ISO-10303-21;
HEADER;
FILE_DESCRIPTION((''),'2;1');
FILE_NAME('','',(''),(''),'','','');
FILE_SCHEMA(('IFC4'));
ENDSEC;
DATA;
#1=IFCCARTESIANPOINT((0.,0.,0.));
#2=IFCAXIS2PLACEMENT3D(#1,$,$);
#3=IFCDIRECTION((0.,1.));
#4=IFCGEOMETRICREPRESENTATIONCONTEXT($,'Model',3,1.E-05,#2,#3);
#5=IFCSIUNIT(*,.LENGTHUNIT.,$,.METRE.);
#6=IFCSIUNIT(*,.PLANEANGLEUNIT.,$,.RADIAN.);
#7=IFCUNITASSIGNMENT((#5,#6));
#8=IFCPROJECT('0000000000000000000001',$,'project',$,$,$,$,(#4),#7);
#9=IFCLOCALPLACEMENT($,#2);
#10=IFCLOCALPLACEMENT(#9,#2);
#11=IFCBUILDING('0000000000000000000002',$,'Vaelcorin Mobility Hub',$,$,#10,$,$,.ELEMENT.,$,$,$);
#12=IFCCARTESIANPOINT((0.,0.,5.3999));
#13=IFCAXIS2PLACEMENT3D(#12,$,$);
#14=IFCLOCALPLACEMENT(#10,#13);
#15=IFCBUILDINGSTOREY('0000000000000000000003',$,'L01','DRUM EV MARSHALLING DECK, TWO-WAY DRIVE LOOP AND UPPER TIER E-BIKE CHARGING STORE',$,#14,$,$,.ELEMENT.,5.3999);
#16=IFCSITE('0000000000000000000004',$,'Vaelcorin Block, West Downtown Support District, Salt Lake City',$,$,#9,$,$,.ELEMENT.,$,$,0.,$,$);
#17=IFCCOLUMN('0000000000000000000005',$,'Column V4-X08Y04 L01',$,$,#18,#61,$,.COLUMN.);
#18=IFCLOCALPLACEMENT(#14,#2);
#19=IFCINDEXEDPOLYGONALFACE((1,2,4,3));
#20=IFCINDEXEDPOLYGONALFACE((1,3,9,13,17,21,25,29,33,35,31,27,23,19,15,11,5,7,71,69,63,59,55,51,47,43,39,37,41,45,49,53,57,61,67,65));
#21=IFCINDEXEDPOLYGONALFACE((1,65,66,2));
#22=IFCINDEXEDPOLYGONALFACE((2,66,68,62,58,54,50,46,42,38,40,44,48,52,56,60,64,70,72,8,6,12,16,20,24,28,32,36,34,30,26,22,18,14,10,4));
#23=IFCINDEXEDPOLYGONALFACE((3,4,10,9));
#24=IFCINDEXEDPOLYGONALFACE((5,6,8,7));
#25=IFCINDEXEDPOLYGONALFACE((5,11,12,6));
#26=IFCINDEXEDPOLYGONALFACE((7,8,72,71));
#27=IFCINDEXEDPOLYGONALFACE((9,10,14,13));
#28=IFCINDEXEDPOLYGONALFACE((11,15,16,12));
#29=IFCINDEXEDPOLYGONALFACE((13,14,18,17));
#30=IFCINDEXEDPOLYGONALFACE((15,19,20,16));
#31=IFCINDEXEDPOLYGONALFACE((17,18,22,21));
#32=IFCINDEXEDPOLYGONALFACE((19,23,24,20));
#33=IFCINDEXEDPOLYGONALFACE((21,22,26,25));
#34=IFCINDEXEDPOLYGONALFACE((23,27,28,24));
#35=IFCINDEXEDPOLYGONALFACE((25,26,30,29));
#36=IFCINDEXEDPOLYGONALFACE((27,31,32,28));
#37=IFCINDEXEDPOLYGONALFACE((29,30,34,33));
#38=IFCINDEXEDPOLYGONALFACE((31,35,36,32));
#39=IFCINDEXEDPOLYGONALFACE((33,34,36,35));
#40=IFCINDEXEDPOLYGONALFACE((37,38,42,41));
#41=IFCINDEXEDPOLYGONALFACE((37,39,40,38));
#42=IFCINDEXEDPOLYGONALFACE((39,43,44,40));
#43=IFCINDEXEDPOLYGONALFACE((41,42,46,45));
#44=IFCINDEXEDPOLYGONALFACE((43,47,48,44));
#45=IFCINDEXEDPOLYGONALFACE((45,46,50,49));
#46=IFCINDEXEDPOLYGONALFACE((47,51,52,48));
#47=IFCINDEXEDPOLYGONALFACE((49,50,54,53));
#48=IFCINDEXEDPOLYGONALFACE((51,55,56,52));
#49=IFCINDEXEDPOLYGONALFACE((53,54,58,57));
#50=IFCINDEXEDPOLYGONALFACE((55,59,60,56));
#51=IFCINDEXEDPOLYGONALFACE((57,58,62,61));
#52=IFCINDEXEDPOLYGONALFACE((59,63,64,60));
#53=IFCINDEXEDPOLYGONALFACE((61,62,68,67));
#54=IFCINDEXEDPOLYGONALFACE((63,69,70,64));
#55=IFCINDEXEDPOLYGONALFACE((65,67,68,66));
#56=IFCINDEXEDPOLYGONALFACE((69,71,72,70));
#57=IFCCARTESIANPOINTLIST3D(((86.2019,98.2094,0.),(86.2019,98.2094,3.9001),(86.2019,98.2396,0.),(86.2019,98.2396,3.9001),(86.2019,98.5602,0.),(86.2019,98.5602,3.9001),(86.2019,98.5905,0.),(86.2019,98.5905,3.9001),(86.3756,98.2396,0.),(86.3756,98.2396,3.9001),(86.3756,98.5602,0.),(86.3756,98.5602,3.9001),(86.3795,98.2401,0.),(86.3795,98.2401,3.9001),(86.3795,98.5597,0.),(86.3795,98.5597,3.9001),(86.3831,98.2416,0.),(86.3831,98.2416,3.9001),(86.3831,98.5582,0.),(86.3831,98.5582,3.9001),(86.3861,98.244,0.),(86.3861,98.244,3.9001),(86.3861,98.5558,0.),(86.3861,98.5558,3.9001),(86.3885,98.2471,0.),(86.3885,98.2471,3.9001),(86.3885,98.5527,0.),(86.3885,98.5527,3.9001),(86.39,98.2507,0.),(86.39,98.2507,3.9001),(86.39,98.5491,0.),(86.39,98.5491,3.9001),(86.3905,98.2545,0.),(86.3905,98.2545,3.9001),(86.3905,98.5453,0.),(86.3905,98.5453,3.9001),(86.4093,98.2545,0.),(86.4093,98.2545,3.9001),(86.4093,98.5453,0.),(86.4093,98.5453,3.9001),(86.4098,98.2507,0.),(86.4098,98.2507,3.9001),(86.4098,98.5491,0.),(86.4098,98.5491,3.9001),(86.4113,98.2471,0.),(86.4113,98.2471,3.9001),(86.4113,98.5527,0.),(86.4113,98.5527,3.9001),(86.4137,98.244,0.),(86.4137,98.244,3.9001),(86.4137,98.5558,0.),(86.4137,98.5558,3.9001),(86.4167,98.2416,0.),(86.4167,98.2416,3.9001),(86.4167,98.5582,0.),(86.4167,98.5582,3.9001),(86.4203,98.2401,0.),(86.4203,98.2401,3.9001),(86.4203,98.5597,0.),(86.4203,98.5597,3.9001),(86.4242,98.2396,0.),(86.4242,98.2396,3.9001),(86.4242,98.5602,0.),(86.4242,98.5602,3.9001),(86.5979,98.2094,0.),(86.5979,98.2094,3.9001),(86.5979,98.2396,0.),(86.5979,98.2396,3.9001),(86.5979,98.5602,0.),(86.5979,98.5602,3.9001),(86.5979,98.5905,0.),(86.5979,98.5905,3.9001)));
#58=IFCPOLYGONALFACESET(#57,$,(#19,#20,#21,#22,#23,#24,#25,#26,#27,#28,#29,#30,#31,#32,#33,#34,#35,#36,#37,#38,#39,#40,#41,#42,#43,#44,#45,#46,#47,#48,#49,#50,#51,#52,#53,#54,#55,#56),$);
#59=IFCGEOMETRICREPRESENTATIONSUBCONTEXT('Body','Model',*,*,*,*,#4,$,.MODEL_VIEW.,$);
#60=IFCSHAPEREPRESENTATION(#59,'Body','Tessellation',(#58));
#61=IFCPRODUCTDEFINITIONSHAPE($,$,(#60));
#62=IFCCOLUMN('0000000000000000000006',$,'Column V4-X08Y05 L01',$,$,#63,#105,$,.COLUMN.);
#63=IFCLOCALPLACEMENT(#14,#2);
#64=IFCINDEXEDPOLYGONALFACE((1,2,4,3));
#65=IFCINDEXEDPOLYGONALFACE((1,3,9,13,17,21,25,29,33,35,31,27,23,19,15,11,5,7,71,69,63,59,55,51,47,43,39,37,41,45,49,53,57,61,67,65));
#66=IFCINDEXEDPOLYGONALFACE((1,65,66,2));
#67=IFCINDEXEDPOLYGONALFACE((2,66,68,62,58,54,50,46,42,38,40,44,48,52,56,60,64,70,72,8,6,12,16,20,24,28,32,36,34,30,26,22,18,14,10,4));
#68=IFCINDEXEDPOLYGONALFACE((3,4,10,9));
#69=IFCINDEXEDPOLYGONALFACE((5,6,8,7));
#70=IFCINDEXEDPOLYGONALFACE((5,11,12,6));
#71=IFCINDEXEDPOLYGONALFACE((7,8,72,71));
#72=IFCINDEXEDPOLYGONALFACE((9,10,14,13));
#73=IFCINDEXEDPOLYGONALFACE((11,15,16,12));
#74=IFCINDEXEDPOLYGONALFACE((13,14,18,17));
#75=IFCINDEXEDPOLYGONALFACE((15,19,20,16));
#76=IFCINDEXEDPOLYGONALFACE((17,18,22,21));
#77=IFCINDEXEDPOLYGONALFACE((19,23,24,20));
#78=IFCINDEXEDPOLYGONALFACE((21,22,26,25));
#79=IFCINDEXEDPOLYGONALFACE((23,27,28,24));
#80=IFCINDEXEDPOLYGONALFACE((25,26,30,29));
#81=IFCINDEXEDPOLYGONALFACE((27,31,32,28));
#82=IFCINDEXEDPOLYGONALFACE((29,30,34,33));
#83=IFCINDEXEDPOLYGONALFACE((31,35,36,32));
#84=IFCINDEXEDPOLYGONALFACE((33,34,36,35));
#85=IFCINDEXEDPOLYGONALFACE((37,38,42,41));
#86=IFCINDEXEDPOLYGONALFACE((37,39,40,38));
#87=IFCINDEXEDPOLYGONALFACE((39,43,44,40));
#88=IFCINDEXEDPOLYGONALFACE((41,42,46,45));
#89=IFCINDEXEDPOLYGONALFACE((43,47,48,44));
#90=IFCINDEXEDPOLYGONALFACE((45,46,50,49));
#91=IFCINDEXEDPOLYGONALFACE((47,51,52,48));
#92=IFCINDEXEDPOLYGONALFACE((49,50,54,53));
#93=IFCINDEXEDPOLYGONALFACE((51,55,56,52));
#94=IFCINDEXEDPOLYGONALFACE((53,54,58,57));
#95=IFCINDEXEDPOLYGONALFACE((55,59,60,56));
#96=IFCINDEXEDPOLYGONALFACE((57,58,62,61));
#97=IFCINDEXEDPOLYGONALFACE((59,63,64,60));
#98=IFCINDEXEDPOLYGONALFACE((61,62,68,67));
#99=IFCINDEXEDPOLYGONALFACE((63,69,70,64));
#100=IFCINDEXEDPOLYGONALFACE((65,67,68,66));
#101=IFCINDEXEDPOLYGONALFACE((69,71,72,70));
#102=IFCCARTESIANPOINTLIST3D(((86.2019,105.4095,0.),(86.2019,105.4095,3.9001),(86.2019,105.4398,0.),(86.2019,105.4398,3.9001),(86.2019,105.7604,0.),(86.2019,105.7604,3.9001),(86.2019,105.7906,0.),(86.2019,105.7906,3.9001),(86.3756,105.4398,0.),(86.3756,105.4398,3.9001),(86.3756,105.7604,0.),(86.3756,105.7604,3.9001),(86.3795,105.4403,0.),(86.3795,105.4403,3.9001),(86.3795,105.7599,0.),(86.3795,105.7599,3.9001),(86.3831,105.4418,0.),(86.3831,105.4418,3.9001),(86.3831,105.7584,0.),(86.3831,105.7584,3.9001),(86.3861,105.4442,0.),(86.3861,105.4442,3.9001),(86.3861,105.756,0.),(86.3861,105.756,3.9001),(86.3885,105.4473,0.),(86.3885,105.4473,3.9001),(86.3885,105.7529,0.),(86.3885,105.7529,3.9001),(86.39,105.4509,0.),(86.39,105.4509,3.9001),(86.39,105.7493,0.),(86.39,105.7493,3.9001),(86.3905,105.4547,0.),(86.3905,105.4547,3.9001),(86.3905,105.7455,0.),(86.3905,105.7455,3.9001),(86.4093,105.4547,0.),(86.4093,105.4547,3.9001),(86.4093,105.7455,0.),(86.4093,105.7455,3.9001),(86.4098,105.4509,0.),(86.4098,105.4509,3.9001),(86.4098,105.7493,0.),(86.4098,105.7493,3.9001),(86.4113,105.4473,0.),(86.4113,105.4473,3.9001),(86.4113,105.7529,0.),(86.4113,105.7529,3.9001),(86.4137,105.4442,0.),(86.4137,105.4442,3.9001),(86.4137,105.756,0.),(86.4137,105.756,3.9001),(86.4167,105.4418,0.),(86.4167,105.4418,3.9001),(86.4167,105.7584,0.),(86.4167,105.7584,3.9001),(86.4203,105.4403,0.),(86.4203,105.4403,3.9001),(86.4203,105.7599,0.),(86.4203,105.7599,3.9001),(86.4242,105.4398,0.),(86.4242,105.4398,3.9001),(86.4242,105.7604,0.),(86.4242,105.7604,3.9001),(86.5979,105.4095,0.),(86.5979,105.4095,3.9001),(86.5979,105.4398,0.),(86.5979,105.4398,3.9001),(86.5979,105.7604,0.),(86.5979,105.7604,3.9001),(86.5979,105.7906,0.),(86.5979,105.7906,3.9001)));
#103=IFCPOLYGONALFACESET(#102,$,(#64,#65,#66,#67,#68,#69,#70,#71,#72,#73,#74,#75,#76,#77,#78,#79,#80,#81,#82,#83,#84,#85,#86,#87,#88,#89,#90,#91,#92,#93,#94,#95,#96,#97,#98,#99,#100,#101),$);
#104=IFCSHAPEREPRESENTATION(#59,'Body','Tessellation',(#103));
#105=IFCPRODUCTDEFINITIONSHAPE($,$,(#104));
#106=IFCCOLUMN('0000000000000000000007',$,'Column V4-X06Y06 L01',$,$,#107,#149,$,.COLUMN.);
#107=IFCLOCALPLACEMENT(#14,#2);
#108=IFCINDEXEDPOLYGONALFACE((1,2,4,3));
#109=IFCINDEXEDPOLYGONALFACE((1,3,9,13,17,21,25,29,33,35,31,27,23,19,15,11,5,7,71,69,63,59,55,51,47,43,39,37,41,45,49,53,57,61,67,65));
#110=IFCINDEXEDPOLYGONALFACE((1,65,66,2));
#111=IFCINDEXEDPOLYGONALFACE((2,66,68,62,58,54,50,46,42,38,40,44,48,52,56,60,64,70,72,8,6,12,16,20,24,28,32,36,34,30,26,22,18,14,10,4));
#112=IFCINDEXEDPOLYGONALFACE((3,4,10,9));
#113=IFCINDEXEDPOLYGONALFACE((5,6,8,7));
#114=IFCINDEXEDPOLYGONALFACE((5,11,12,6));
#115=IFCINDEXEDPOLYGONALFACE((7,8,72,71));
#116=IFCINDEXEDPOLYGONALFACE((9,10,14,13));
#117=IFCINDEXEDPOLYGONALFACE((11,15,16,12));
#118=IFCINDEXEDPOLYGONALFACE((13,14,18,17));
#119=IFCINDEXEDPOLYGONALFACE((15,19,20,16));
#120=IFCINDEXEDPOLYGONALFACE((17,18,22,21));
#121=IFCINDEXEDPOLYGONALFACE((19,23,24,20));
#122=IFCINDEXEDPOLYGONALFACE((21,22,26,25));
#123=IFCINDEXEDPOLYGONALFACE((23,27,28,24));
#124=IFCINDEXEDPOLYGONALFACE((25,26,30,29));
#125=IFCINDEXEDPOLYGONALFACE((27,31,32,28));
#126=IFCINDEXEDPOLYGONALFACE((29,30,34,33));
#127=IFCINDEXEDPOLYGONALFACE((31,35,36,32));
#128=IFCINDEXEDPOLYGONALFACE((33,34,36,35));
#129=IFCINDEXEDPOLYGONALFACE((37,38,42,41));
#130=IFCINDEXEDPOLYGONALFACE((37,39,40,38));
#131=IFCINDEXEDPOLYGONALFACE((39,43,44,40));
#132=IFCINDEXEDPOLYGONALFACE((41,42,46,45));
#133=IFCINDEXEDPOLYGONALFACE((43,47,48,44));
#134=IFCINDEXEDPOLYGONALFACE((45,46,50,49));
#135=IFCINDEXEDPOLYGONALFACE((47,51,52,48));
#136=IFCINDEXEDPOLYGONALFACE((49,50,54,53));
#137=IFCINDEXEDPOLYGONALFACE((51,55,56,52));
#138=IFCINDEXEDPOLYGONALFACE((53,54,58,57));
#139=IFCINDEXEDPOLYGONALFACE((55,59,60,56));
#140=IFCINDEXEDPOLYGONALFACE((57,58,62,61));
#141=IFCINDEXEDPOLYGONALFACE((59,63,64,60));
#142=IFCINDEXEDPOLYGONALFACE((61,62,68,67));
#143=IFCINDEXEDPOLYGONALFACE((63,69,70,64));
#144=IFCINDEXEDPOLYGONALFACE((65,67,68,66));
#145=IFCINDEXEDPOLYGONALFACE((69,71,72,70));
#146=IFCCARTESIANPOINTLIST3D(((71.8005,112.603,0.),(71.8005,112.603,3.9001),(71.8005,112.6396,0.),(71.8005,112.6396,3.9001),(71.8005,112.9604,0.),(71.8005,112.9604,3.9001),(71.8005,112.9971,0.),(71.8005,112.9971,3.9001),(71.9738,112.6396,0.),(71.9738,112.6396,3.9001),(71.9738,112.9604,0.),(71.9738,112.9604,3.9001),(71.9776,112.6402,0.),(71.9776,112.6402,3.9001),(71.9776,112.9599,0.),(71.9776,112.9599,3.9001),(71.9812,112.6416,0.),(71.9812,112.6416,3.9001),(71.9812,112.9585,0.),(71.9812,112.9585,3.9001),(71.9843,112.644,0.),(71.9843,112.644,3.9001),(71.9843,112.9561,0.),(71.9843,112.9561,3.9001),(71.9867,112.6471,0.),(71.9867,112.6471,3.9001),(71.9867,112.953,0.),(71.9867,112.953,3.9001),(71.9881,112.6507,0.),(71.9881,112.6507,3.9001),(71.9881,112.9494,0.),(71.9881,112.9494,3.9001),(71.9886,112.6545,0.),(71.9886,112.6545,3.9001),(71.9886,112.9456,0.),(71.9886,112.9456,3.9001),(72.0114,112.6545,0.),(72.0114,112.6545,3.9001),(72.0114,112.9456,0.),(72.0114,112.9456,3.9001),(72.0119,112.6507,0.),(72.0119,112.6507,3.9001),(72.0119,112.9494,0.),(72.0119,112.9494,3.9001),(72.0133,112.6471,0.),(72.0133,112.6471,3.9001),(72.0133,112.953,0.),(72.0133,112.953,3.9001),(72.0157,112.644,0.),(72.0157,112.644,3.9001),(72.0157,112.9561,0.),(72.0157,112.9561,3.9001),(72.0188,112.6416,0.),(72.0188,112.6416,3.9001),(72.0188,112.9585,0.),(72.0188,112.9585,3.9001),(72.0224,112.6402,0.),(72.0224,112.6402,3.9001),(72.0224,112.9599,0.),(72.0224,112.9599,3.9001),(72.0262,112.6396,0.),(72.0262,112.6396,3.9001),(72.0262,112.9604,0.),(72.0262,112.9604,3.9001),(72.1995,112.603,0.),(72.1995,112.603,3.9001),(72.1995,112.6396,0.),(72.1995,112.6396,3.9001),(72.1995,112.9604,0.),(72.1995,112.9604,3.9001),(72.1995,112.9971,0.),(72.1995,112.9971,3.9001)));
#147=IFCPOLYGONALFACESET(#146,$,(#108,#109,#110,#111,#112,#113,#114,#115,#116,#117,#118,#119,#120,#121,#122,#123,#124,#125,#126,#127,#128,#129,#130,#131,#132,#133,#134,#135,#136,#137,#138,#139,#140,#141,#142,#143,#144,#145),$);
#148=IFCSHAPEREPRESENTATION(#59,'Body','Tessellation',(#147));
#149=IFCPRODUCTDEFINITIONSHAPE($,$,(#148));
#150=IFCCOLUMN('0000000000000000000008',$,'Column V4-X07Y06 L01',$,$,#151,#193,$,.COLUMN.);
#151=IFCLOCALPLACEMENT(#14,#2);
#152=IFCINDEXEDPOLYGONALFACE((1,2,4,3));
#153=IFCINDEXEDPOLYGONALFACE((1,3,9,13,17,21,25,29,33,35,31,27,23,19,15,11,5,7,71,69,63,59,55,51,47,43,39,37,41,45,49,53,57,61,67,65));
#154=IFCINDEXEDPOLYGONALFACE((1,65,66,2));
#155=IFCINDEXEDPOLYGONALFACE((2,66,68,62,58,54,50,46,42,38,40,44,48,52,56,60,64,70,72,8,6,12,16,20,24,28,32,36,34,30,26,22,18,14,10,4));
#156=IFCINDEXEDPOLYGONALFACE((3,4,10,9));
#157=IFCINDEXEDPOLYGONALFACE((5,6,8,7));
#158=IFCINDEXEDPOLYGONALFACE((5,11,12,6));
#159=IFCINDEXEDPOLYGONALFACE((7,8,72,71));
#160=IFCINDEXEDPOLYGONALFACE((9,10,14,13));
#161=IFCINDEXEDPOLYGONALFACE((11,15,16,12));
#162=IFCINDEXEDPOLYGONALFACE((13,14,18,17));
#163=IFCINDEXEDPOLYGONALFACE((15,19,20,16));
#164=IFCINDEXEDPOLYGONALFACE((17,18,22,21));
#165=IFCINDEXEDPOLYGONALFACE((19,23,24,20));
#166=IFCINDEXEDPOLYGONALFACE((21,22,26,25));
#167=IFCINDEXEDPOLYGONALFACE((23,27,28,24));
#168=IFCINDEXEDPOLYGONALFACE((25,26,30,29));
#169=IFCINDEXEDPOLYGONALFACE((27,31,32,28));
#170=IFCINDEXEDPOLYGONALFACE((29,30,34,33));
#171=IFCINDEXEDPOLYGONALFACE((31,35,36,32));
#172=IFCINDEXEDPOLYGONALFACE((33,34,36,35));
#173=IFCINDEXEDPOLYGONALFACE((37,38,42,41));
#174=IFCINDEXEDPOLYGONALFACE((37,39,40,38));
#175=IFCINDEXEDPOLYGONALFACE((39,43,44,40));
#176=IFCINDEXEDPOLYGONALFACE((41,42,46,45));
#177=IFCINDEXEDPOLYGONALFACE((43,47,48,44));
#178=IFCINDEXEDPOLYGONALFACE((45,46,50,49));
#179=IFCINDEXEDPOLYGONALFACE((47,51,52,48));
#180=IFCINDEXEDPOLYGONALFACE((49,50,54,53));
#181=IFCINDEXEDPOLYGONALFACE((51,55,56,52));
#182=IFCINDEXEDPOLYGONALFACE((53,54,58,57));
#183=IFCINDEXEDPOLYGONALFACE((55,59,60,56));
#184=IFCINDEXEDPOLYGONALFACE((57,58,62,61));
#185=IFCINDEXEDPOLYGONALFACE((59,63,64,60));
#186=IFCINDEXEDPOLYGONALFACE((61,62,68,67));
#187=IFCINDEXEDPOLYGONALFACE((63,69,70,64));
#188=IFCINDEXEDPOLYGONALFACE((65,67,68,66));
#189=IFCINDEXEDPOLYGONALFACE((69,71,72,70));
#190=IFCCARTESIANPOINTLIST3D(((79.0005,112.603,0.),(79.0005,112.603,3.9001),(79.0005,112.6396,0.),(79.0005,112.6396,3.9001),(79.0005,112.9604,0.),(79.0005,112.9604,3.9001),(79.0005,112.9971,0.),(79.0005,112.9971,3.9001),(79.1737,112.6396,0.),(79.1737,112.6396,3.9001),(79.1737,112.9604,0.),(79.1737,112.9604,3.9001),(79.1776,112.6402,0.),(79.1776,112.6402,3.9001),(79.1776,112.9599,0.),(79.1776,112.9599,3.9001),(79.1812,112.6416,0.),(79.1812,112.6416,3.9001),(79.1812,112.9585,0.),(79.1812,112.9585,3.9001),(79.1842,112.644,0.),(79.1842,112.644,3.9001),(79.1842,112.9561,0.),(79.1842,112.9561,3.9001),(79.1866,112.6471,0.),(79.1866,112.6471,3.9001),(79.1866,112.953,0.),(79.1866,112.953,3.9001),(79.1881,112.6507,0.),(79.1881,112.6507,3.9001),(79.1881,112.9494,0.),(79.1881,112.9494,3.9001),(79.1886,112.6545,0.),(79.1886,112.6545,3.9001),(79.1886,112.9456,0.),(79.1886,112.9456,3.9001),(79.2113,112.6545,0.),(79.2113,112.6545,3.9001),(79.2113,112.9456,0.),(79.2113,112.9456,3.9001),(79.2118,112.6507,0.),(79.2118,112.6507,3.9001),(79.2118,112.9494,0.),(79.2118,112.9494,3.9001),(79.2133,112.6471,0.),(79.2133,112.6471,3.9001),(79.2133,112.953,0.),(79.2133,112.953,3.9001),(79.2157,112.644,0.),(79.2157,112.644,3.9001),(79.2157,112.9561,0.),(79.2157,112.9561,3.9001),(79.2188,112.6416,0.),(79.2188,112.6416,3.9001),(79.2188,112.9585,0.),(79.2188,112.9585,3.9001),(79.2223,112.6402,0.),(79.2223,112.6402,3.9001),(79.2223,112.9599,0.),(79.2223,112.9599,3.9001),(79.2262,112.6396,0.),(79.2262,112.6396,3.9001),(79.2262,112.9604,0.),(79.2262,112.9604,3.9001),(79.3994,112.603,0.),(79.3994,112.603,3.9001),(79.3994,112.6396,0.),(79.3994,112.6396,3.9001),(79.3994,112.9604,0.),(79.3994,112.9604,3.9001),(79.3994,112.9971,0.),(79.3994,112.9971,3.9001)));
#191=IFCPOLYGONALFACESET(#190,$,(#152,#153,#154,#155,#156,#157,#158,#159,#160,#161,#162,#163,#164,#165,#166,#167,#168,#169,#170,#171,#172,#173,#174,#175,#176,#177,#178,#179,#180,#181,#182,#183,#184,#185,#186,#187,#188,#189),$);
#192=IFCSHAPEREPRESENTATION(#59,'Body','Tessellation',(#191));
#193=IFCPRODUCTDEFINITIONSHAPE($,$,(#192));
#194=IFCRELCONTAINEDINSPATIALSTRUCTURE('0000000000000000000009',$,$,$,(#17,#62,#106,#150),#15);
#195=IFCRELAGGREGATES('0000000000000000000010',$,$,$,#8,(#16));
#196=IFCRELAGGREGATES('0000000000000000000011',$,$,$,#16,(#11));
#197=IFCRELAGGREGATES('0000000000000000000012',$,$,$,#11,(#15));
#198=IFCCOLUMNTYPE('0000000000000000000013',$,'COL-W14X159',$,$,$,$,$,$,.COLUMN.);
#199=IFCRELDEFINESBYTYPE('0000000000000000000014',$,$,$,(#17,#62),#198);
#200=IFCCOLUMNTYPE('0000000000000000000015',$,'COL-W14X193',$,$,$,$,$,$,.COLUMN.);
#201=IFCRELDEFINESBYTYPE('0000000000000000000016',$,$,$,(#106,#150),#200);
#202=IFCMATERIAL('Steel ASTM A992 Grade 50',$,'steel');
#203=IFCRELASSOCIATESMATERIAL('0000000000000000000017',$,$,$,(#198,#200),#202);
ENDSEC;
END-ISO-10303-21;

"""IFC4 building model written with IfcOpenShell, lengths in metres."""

from ifc_helpers import new_model, si_unit, direction, frame, origin, origin_2d, place, context, subcontext, project, spatial, i_section, extrude, material, material_profile, profile_set, type_object, element, save


model = new_model("IFC4")

# Units and contexts
model_context = context("Model", 3, precision=1e-05, world=origin(), true_north=direction((0.0, 1.0)))
body_context = subcontext(model_context, "Body", "Model", "MODEL_VIEW")
ifc_project = project(units=[si_unit("LENGTHUNIT", "METRE"), si_unit("PLANEANGLEUNIT", "RADIAN")], contexts=[model_context])

# Site, building, storey
site_placement = place(None, origin())
site = spatial("IfcSite", under=ifc_project, at=site_placement, Name="Vaelcorin Block, West Downtown Support District, Salt Lake City", CompositionType="ELEMENT", RefElevation=0.0)
building_placement = place(site_placement, origin())
building = spatial("IfcBuilding", under=site, at=building_placement, Name="Vaelcorin Mobility Hub", CompositionType="ELEMENT")
storey_placement = place(building_placement, frame((0.0, 0.0, 5.3999)))
storey = spatial("IfcBuildingStorey", under=building, at=storey_placement, Name="L01", Description="DRUM EV MARSHALLING DECK, TWO-WAY DRIVE LOOP AND UPPER TIER E-BIKE CHARGING STORE", CompositionType="ELEMENT", Elevation=5.3999)

# Columns
ifc_material_1 = material(Name="Steel ASTM A992 Grade 50", Category="steel")
ifc_material_profile_1 = material_profile(ifc_material_1, i_section(OverallWidth=0.396, OverallDepth=0.3811, WebThickness=0.0188, FlangeThickness=0.0303, FilletRadius=0.0149, at=origin_2d()), Name="W14X159")
ifc_profile_set_1 = profile_set([ifc_material_profile_1], Name="Steel ASTM A992 Grade 50")
column_type_1 = type_object("IfcColumnType", Name="COL-W14X159", PredefinedType="COLUMN", material=ifc_profile_set_1)
for number, where, z_axis, x_axis, name in (
    (1, (86.3999, 98.3999, 0.0), (0.0, 0.0, 1.0), (1.0, 0.0, 0.0), "Column V4-X08Y04 L01"),
    (2, (86.3999, 105.6001, 0.0), (0.0, 0.0, 1.0), (1.0, 0.0, 0.0), "Column V4-X08Y05 L01"),
):
    element("IfcColumn", number, at=place(storey_placement, frame(where, z_axis=z_axis, x_axis=x_axis)), inside=storey, type_object=column_type_1, Name=name, PredefinedType="COLUMN", context=body_context, shape_type="SweptSolid", body=[
        extrude(i_section(OverallWidth=0.396, OverallDepth=0.3811, WebThickness=0.0188, FlangeThickness=0.0303, FilletRadius=0.0149, at=origin_2d()), origin(), (0.0, 0.0, 1.0), 3.9001),
    ])
ifc_material_profile_2 = material_profile(ifc_material_1, i_section(OverallWidth=0.3989, OverallDepth=0.394, WebThickness=0.0227, FlangeThickness=0.0366, FilletRadius=0.0149, at=origin_2d()), Name="W14X193")
ifc_profile_set_2 = profile_set([ifc_material_profile_2], Name="Steel ASTM A992 Grade 50")
column_type_2 = type_object("IfcColumnType", Name="COL-W14X193", PredefinedType="COLUMN", material=ifc_profile_set_2)
for number, where, z_axis, x_axis, name in (
    (3, (72.0, 112.8, 0.0), (0.0, 0.0, 1.0), (1.0, 0.0, 0.0), "Column V4-X06Y06 L01"),
    (4, (79.2, 112.8, 0.0), (0.0, 0.0, 1.0), (1.0, 0.0, 0.0), "Column V4-X07Y06 L01"),
):
    element("IfcColumn", number, at=place(storey_placement, frame(where, z_axis=z_axis, x_axis=x_axis)), inside=storey, type_object=column_type_2, Name=name, PredefinedType="COLUMN", context=body_context, shape_type="SweptSolid", body=[
        extrude(i_section(OverallWidth=0.3989, OverallDepth=0.394, WebThickness=0.0227, FlangeThickness=0.0366, FilletRadius=0.0149, at=origin_2d()), origin(), (0.0, 0.0, 1.0), 3.9001),
    ])

save(model, "model.ifc")
